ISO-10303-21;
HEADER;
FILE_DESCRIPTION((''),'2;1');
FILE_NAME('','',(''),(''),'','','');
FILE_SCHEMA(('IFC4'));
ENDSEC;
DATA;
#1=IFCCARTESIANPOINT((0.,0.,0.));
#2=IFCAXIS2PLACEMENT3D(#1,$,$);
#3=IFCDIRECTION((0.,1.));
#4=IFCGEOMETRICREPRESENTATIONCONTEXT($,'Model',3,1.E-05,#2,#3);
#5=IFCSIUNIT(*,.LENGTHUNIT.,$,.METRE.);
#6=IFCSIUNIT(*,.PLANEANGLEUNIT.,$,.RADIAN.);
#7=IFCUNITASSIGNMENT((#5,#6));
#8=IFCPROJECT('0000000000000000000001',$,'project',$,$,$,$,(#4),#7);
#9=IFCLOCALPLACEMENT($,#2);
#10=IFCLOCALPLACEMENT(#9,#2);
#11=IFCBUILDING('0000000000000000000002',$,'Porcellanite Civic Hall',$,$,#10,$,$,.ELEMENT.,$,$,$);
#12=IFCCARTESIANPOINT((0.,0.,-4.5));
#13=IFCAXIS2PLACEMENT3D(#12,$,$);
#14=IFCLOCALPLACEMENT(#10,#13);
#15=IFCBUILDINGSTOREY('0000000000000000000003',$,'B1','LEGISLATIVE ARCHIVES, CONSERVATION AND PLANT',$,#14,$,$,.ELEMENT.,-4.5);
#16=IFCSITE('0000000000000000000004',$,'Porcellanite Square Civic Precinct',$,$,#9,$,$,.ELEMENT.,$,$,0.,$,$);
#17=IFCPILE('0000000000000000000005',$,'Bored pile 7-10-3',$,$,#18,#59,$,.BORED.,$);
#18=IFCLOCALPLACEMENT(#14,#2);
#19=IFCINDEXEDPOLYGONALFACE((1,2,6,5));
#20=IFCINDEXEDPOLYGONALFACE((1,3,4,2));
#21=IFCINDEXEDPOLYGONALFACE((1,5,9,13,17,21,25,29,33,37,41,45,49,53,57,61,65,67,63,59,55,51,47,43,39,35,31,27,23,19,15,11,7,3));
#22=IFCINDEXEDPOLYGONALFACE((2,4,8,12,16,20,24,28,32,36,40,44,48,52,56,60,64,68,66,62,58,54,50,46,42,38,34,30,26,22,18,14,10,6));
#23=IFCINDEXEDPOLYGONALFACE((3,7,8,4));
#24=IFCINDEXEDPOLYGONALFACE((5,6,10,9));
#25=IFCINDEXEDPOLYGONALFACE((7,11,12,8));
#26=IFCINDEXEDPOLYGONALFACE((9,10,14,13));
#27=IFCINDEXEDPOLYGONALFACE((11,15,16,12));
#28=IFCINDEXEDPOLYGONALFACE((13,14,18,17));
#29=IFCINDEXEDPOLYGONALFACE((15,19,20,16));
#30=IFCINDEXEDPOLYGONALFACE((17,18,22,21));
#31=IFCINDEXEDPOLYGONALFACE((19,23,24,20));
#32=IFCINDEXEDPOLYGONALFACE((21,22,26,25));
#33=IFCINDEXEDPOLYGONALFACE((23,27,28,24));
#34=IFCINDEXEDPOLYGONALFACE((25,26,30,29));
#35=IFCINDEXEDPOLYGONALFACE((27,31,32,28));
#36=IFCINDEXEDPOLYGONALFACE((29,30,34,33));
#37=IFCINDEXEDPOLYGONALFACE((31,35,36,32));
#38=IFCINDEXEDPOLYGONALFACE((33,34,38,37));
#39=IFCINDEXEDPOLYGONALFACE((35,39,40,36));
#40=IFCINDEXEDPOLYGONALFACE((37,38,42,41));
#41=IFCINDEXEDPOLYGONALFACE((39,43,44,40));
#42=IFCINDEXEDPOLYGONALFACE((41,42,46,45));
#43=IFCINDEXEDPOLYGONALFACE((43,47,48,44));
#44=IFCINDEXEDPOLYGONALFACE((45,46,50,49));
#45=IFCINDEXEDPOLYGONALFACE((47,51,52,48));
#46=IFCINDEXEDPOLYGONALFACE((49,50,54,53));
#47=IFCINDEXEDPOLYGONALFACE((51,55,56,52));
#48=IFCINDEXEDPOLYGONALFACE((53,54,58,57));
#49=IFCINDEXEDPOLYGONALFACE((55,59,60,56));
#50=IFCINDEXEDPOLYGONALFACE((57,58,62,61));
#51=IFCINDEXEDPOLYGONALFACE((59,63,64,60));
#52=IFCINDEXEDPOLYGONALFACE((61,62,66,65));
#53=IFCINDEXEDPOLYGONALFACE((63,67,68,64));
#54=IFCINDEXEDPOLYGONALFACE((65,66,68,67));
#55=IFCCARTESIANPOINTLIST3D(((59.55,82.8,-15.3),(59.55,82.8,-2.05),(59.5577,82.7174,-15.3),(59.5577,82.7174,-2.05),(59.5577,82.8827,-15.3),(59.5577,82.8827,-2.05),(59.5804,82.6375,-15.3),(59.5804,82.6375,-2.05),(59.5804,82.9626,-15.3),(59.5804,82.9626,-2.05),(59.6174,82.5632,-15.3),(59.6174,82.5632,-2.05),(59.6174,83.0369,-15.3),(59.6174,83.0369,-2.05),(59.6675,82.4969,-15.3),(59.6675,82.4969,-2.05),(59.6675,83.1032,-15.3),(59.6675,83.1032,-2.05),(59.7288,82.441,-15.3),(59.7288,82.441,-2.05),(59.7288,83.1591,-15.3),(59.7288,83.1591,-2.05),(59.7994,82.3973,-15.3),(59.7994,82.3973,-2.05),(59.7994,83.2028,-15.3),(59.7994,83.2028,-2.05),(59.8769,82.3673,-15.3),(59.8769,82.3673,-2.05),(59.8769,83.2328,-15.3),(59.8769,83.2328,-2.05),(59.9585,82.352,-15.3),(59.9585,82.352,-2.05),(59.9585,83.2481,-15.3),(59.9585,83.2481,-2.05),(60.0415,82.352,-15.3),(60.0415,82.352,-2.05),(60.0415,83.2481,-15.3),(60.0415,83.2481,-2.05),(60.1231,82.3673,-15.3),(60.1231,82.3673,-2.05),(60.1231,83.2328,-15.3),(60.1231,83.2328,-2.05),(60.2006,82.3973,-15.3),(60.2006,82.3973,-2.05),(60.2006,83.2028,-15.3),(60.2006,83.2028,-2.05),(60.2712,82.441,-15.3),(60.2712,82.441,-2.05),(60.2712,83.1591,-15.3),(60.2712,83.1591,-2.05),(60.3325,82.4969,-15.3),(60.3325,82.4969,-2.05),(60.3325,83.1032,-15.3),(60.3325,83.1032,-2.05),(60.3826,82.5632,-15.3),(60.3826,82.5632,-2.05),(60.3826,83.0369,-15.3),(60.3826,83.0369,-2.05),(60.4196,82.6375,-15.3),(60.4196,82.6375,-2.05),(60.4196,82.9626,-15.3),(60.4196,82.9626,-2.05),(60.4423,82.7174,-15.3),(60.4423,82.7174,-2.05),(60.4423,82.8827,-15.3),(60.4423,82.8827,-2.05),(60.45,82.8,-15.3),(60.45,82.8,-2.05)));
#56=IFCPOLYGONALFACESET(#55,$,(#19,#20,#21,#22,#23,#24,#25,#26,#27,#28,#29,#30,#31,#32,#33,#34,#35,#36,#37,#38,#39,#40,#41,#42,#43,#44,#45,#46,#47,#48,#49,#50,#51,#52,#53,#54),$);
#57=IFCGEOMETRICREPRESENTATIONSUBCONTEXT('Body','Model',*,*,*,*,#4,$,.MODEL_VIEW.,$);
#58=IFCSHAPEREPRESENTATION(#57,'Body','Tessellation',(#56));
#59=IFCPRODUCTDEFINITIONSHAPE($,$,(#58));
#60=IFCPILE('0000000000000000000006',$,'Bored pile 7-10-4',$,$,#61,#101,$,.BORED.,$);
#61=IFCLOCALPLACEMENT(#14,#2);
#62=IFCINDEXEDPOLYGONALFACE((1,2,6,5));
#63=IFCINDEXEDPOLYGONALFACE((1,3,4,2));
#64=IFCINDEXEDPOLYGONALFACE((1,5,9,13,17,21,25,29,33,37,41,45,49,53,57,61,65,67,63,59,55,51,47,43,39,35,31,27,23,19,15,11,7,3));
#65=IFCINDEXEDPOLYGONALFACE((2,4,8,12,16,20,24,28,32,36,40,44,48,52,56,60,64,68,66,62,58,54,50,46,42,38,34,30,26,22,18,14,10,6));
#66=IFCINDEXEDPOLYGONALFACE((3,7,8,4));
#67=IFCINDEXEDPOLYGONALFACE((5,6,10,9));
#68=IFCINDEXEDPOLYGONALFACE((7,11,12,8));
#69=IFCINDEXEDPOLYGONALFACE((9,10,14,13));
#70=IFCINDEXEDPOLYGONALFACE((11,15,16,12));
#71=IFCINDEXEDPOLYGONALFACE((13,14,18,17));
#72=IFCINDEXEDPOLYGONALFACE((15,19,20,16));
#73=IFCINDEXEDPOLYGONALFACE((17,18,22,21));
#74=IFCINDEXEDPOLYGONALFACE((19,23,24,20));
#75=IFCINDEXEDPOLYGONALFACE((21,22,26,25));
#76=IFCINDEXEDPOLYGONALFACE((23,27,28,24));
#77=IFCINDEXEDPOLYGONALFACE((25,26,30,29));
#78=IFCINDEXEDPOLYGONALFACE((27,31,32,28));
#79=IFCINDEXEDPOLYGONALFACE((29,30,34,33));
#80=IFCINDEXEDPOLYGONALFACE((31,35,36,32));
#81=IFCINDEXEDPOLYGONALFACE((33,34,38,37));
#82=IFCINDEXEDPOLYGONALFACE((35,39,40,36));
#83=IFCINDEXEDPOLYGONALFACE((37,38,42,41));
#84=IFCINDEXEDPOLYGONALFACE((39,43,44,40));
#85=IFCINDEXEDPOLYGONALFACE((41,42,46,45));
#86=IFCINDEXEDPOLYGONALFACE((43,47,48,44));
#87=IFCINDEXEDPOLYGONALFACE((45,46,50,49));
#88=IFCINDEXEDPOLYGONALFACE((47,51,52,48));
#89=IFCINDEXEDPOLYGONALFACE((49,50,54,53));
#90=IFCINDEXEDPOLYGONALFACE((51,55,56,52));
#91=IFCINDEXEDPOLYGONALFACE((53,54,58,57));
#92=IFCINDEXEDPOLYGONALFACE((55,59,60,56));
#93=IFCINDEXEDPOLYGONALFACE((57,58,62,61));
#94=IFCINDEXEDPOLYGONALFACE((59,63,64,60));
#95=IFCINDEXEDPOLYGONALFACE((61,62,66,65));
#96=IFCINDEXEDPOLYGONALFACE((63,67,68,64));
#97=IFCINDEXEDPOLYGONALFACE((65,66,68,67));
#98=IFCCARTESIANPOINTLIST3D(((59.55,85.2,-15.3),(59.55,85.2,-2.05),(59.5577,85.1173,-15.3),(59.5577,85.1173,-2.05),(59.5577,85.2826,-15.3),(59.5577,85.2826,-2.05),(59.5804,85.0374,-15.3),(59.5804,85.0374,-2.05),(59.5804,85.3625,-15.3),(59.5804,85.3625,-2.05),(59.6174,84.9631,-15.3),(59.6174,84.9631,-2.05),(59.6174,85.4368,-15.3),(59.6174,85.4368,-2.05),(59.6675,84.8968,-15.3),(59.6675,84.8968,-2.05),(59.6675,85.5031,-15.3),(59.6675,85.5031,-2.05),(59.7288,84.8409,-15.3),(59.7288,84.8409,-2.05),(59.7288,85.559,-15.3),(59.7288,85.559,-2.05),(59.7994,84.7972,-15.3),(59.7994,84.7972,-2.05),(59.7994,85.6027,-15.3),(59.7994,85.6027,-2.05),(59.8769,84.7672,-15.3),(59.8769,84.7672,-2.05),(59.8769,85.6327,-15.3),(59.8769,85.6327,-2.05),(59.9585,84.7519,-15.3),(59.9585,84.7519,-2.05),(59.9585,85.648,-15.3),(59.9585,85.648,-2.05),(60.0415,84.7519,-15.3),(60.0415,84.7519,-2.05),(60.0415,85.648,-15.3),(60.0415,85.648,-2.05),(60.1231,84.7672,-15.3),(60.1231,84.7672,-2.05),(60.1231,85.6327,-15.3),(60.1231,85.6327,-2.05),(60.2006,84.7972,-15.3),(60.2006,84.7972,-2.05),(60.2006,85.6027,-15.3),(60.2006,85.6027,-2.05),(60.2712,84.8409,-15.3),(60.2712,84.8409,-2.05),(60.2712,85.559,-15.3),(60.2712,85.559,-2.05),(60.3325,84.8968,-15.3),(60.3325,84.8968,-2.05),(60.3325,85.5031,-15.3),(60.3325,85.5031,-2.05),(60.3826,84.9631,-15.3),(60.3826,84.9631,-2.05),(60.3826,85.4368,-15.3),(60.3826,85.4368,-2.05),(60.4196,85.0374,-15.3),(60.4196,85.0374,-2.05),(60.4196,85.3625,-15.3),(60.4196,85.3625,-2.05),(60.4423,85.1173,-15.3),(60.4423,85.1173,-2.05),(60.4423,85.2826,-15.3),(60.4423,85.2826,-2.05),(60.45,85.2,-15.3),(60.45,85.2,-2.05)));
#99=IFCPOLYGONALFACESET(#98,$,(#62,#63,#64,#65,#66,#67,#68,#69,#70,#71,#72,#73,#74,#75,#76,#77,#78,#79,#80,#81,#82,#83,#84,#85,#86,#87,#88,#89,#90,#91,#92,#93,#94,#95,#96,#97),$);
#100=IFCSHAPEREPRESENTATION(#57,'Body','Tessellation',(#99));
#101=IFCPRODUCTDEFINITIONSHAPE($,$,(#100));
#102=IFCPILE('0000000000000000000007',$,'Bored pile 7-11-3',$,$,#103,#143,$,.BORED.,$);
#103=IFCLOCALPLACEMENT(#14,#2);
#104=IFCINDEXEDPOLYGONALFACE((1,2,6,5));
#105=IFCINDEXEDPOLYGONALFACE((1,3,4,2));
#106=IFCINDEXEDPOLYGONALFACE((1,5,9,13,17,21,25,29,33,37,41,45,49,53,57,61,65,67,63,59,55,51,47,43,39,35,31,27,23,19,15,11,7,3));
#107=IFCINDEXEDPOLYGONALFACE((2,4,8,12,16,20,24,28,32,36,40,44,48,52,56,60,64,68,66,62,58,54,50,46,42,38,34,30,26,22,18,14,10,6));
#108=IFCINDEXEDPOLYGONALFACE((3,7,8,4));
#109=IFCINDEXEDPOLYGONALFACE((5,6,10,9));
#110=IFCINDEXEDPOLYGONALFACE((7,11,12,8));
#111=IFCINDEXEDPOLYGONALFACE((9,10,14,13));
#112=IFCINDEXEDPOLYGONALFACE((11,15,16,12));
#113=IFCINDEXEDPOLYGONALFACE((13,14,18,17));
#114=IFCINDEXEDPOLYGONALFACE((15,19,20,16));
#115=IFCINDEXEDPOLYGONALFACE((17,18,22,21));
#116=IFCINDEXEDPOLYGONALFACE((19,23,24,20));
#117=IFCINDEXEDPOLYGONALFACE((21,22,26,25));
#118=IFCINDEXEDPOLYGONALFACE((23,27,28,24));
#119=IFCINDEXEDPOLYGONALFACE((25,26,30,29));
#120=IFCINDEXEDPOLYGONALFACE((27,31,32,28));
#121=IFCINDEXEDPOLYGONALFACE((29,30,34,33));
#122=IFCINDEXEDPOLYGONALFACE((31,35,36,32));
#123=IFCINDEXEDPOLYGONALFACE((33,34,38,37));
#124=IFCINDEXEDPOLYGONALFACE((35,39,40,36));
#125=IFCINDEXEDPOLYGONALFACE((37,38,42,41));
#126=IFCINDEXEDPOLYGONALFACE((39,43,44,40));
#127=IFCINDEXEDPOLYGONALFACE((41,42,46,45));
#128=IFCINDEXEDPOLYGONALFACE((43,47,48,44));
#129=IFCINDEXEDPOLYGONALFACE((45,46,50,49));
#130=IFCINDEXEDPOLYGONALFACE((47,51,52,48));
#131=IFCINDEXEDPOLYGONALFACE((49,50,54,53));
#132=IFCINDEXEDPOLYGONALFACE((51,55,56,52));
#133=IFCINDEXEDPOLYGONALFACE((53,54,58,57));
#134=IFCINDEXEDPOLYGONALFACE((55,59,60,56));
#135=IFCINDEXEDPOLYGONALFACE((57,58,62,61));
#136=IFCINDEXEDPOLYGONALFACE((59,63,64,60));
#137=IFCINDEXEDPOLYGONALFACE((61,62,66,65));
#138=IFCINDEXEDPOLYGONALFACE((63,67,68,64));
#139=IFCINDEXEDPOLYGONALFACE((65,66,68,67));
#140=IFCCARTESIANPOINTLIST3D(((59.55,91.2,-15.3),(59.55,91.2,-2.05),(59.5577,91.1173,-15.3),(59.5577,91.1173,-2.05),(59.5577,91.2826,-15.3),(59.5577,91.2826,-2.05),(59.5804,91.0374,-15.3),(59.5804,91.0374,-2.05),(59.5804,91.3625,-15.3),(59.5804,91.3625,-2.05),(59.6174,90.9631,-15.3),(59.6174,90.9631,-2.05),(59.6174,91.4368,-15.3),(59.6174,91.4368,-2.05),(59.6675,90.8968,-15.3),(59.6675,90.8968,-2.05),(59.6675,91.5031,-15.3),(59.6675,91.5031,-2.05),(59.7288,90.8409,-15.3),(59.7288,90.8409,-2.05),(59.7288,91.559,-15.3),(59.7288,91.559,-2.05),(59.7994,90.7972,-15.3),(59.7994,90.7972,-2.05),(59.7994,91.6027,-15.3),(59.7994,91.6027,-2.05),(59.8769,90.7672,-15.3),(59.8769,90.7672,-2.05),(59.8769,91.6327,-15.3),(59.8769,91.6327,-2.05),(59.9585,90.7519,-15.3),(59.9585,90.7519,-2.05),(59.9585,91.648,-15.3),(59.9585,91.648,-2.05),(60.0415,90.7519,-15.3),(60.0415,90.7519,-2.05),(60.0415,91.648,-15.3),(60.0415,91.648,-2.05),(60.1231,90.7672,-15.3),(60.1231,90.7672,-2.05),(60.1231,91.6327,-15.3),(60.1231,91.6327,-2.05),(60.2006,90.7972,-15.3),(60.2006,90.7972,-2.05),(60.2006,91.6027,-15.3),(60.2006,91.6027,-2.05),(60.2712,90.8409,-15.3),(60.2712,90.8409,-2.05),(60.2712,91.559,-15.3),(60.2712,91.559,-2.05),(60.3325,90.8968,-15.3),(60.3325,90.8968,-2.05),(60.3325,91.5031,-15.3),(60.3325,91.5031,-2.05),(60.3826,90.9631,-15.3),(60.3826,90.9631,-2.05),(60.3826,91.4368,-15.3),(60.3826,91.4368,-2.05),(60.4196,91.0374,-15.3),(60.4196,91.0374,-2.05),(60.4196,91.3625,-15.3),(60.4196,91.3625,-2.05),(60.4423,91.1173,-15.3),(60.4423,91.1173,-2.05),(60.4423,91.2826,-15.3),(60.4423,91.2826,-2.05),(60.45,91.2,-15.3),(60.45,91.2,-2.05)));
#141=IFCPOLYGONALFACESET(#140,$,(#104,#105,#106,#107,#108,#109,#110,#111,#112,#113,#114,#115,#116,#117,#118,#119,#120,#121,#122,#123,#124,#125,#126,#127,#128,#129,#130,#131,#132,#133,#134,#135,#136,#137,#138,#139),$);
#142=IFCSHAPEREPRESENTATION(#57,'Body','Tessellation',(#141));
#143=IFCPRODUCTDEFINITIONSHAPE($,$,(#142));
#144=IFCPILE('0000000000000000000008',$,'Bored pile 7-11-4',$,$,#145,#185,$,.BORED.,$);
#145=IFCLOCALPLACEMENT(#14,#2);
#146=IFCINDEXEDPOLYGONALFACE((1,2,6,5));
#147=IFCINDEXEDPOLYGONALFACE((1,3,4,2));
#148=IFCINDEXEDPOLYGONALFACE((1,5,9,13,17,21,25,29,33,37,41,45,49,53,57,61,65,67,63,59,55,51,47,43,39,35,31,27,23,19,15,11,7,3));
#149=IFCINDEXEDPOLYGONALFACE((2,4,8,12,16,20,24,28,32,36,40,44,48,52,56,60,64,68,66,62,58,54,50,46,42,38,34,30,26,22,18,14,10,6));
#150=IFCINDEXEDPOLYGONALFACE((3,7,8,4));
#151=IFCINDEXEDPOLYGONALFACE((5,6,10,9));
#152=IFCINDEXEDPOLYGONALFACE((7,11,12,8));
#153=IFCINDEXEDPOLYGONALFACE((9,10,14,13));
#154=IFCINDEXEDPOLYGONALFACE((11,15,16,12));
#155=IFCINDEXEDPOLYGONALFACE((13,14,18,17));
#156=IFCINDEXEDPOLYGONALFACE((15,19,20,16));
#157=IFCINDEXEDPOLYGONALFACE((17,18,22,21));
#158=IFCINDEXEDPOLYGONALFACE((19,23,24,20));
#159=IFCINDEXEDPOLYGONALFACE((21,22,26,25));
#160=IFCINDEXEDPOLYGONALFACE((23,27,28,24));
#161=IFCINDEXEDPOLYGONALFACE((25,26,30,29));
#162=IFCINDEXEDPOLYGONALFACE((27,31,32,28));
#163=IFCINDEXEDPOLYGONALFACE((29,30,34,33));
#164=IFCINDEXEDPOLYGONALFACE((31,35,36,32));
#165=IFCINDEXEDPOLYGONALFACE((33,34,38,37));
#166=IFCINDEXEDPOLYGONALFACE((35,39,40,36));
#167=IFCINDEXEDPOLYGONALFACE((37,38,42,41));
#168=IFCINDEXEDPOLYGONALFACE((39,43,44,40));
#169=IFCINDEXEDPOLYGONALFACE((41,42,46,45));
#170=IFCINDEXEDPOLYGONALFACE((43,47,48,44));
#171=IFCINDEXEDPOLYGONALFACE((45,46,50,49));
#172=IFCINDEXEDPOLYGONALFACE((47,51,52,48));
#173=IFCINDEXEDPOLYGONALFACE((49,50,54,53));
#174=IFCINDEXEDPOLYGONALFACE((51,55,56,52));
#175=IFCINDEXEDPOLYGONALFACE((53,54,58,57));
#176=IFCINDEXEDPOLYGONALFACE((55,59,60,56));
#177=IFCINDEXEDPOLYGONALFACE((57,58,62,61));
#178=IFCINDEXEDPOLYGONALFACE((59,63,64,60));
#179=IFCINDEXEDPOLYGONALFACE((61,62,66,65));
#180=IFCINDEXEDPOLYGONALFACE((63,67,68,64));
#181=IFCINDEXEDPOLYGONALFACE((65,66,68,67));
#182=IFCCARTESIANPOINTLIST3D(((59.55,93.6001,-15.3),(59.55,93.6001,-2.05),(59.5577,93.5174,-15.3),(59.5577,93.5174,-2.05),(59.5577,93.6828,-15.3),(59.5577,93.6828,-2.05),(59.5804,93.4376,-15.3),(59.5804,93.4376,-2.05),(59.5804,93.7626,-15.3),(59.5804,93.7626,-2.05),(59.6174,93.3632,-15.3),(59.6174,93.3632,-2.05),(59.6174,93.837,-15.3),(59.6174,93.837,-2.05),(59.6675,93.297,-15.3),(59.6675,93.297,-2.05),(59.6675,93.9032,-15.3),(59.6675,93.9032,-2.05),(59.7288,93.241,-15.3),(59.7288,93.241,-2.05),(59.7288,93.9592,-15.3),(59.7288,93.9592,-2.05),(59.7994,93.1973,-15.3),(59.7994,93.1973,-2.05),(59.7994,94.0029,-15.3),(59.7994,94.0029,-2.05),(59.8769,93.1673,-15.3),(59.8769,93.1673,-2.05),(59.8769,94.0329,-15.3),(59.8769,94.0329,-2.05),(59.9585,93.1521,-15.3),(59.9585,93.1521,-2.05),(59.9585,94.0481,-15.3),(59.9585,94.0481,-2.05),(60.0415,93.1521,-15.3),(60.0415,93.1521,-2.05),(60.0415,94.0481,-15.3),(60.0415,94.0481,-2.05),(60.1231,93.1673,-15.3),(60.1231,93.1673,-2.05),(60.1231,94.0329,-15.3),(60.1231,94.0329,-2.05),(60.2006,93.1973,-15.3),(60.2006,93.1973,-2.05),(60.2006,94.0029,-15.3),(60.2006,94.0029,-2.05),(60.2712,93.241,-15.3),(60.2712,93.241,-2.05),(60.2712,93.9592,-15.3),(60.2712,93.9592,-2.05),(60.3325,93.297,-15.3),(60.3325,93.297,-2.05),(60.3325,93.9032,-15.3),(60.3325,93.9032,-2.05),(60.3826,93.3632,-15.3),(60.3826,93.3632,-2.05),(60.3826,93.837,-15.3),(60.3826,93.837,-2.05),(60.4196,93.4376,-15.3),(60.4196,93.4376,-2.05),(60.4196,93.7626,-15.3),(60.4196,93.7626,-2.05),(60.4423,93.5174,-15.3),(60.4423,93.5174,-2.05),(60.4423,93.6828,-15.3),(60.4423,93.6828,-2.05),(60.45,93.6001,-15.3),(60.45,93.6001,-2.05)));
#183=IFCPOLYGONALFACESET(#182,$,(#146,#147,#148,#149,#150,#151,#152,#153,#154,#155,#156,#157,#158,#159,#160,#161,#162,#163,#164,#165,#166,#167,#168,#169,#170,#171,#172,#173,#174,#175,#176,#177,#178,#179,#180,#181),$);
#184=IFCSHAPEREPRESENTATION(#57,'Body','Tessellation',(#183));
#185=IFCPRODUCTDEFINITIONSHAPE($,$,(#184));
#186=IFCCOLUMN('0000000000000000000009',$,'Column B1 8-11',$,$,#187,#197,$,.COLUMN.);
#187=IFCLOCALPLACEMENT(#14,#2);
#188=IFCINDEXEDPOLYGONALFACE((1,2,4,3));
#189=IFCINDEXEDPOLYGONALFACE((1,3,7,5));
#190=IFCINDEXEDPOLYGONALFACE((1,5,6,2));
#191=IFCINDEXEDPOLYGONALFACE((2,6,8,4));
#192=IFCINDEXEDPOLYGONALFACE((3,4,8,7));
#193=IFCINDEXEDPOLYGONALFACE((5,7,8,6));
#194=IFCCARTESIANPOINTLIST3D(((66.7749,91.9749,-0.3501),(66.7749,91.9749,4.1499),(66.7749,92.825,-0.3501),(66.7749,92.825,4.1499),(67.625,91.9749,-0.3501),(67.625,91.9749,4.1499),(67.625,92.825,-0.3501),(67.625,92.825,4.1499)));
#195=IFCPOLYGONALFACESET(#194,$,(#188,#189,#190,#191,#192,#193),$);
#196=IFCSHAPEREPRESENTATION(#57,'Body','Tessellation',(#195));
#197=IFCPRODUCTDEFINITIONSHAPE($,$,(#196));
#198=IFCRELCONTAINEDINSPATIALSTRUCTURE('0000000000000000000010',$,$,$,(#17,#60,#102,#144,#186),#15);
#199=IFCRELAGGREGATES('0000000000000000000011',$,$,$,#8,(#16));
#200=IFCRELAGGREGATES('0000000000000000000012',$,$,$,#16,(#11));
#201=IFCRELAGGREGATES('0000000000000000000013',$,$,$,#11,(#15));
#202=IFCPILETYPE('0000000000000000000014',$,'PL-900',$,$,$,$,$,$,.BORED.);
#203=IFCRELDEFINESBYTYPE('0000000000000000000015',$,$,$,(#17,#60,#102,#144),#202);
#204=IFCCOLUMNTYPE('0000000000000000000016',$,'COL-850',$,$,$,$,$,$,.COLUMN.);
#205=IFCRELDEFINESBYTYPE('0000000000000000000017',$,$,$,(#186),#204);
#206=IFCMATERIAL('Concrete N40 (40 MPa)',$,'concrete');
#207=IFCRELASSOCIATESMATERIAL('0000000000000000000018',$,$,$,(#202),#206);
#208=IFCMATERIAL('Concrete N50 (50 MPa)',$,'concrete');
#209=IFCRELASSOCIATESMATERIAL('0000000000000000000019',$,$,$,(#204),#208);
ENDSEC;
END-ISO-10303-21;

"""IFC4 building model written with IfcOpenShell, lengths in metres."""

from ifc_helpers import new_model, si_unit, direction, frame, origin, origin_2d, place, context, subcontext, project, spatial, rectangle, circle, extrude, material, material_profile, profile_set, type_object, element, save


model = new_model("IFC4")

# Units and contexts
model_context = context("Model", 3, precision=1e-05, world=origin(), true_north=direction((0.0, 1.0)))
body_context = subcontext(model_context, "Body", "Model", "MODEL_VIEW")
ifc_project = project(units=[si_unit("LENGTHUNIT", "METRE"), si_unit("PLANEANGLEUNIT", "RADIAN")], contexts=[model_context])

# Site, building, storey
site_placement = place(None, origin())
site = spatial("IfcSite", under=ifc_project, at=site_placement, Name="Porcellanite Square Civic Precinct", CompositionType="ELEMENT", RefElevation=0.0)
building_placement = place(site_placement, origin())
building = spatial("IfcBuilding", under=site, at=building_placement, Name="Porcellanite Civic Hall", CompositionType="ELEMENT")
storey_placement = place(building_placement, frame((0.0, 0.0, -4.5)))
storey = spatial("IfcBuildingStorey", under=building, at=storey_placement, Name="B1", Description="LEGISLATIVE ARCHIVES, CONSERVATION AND PLANT", CompositionType="ELEMENT", Elevation=-4.5)

# Piles
ifc_material_1 = material(Name="Concrete N40 (40 MPa)", Category="concrete")
ifc_material_profile_1 = material_profile(ifc_material_1, circle(Radius=0.45, at=origin_2d()), Name="PILE-D900")
ifc_profile_set_1 = profile_set([ifc_material_profile_1], Name="Concrete N40 (40 MPa)")
pile_type_1 = type_object("IfcPileType", Name="PL-900", PredefinedType="BORED", material=ifc_profile_set_1)
for number, where, z_axis, x_axis, name in (
    (1, (60.0, 82.8, -2.05), (0.0, 0.0, -1.0), (1.0, 0.0, 0.0), "Bored pile 7-10-3"),
    (2, (60.0, 85.2, -2.05), (0.0, 0.0, -1.0), (1.0, 0.0, 0.0), "Bored pile 7-10-4"),
    (3, (60.0, 91.2, -2.05), (0.0, 0.0, -1.0), (1.0, 0.0, 0.0), "Bored pile 7-11-3"),
    (4, (60.0, 93.6001, -2.05), (0.0, 0.0, -1.0), (1.0, 0.0, 0.0), "Bored pile 7-11-4"),
):
    element("IfcPile", number, at=place(storey_placement, frame(where, z_axis=z_axis, x_axis=x_axis)), inside=storey, type_object=pile_type_1, Name=name, PredefinedType="BORED", context=body_context, shape_type="SweptSolid", body=[
        extrude(circle(Radius=0.45, at=origin_2d()), origin(), (0.0, 0.0, 1.0), 13.25),
    ])

# Column
ifc_material_2 = material(Name="Concrete N50 (50 MPa)", Category="concrete")
ifc_material_profile_2 = material_profile(ifc_material_2, rectangle(XDim=0.8501, YDim=0.8501, at=origin_2d()), Name="RC-850x850")
ifc_profile_set_2 = profile_set([ifc_material_profile_2], Name="Concrete N50 (50 MPa)")
column_type_1 = type_object("IfcColumnType", Name="COL-850", PredefinedType="COLUMN", material=ifc_profile_set_2)
column_placement = place(storey_placement, frame((67.2, 92.3999, -0.3501), z_axis=(0.0, 0.0, 1.0), x_axis=(1.0, 0.0, 0.0)))
element("IfcColumn", 5, at=column_placement, inside=storey, type_object=column_type_1, Name="Column B1 8-11", PredefinedType="COLUMN", context=body_context, shape_type="SweptSolid", body=[
    extrude(rectangle(XDim=0.8501, YDim=0.8501, at=origin_2d()), origin(), (0.0, 0.0, 1.0), 4.5),
])

save(model, "model.ifc")
